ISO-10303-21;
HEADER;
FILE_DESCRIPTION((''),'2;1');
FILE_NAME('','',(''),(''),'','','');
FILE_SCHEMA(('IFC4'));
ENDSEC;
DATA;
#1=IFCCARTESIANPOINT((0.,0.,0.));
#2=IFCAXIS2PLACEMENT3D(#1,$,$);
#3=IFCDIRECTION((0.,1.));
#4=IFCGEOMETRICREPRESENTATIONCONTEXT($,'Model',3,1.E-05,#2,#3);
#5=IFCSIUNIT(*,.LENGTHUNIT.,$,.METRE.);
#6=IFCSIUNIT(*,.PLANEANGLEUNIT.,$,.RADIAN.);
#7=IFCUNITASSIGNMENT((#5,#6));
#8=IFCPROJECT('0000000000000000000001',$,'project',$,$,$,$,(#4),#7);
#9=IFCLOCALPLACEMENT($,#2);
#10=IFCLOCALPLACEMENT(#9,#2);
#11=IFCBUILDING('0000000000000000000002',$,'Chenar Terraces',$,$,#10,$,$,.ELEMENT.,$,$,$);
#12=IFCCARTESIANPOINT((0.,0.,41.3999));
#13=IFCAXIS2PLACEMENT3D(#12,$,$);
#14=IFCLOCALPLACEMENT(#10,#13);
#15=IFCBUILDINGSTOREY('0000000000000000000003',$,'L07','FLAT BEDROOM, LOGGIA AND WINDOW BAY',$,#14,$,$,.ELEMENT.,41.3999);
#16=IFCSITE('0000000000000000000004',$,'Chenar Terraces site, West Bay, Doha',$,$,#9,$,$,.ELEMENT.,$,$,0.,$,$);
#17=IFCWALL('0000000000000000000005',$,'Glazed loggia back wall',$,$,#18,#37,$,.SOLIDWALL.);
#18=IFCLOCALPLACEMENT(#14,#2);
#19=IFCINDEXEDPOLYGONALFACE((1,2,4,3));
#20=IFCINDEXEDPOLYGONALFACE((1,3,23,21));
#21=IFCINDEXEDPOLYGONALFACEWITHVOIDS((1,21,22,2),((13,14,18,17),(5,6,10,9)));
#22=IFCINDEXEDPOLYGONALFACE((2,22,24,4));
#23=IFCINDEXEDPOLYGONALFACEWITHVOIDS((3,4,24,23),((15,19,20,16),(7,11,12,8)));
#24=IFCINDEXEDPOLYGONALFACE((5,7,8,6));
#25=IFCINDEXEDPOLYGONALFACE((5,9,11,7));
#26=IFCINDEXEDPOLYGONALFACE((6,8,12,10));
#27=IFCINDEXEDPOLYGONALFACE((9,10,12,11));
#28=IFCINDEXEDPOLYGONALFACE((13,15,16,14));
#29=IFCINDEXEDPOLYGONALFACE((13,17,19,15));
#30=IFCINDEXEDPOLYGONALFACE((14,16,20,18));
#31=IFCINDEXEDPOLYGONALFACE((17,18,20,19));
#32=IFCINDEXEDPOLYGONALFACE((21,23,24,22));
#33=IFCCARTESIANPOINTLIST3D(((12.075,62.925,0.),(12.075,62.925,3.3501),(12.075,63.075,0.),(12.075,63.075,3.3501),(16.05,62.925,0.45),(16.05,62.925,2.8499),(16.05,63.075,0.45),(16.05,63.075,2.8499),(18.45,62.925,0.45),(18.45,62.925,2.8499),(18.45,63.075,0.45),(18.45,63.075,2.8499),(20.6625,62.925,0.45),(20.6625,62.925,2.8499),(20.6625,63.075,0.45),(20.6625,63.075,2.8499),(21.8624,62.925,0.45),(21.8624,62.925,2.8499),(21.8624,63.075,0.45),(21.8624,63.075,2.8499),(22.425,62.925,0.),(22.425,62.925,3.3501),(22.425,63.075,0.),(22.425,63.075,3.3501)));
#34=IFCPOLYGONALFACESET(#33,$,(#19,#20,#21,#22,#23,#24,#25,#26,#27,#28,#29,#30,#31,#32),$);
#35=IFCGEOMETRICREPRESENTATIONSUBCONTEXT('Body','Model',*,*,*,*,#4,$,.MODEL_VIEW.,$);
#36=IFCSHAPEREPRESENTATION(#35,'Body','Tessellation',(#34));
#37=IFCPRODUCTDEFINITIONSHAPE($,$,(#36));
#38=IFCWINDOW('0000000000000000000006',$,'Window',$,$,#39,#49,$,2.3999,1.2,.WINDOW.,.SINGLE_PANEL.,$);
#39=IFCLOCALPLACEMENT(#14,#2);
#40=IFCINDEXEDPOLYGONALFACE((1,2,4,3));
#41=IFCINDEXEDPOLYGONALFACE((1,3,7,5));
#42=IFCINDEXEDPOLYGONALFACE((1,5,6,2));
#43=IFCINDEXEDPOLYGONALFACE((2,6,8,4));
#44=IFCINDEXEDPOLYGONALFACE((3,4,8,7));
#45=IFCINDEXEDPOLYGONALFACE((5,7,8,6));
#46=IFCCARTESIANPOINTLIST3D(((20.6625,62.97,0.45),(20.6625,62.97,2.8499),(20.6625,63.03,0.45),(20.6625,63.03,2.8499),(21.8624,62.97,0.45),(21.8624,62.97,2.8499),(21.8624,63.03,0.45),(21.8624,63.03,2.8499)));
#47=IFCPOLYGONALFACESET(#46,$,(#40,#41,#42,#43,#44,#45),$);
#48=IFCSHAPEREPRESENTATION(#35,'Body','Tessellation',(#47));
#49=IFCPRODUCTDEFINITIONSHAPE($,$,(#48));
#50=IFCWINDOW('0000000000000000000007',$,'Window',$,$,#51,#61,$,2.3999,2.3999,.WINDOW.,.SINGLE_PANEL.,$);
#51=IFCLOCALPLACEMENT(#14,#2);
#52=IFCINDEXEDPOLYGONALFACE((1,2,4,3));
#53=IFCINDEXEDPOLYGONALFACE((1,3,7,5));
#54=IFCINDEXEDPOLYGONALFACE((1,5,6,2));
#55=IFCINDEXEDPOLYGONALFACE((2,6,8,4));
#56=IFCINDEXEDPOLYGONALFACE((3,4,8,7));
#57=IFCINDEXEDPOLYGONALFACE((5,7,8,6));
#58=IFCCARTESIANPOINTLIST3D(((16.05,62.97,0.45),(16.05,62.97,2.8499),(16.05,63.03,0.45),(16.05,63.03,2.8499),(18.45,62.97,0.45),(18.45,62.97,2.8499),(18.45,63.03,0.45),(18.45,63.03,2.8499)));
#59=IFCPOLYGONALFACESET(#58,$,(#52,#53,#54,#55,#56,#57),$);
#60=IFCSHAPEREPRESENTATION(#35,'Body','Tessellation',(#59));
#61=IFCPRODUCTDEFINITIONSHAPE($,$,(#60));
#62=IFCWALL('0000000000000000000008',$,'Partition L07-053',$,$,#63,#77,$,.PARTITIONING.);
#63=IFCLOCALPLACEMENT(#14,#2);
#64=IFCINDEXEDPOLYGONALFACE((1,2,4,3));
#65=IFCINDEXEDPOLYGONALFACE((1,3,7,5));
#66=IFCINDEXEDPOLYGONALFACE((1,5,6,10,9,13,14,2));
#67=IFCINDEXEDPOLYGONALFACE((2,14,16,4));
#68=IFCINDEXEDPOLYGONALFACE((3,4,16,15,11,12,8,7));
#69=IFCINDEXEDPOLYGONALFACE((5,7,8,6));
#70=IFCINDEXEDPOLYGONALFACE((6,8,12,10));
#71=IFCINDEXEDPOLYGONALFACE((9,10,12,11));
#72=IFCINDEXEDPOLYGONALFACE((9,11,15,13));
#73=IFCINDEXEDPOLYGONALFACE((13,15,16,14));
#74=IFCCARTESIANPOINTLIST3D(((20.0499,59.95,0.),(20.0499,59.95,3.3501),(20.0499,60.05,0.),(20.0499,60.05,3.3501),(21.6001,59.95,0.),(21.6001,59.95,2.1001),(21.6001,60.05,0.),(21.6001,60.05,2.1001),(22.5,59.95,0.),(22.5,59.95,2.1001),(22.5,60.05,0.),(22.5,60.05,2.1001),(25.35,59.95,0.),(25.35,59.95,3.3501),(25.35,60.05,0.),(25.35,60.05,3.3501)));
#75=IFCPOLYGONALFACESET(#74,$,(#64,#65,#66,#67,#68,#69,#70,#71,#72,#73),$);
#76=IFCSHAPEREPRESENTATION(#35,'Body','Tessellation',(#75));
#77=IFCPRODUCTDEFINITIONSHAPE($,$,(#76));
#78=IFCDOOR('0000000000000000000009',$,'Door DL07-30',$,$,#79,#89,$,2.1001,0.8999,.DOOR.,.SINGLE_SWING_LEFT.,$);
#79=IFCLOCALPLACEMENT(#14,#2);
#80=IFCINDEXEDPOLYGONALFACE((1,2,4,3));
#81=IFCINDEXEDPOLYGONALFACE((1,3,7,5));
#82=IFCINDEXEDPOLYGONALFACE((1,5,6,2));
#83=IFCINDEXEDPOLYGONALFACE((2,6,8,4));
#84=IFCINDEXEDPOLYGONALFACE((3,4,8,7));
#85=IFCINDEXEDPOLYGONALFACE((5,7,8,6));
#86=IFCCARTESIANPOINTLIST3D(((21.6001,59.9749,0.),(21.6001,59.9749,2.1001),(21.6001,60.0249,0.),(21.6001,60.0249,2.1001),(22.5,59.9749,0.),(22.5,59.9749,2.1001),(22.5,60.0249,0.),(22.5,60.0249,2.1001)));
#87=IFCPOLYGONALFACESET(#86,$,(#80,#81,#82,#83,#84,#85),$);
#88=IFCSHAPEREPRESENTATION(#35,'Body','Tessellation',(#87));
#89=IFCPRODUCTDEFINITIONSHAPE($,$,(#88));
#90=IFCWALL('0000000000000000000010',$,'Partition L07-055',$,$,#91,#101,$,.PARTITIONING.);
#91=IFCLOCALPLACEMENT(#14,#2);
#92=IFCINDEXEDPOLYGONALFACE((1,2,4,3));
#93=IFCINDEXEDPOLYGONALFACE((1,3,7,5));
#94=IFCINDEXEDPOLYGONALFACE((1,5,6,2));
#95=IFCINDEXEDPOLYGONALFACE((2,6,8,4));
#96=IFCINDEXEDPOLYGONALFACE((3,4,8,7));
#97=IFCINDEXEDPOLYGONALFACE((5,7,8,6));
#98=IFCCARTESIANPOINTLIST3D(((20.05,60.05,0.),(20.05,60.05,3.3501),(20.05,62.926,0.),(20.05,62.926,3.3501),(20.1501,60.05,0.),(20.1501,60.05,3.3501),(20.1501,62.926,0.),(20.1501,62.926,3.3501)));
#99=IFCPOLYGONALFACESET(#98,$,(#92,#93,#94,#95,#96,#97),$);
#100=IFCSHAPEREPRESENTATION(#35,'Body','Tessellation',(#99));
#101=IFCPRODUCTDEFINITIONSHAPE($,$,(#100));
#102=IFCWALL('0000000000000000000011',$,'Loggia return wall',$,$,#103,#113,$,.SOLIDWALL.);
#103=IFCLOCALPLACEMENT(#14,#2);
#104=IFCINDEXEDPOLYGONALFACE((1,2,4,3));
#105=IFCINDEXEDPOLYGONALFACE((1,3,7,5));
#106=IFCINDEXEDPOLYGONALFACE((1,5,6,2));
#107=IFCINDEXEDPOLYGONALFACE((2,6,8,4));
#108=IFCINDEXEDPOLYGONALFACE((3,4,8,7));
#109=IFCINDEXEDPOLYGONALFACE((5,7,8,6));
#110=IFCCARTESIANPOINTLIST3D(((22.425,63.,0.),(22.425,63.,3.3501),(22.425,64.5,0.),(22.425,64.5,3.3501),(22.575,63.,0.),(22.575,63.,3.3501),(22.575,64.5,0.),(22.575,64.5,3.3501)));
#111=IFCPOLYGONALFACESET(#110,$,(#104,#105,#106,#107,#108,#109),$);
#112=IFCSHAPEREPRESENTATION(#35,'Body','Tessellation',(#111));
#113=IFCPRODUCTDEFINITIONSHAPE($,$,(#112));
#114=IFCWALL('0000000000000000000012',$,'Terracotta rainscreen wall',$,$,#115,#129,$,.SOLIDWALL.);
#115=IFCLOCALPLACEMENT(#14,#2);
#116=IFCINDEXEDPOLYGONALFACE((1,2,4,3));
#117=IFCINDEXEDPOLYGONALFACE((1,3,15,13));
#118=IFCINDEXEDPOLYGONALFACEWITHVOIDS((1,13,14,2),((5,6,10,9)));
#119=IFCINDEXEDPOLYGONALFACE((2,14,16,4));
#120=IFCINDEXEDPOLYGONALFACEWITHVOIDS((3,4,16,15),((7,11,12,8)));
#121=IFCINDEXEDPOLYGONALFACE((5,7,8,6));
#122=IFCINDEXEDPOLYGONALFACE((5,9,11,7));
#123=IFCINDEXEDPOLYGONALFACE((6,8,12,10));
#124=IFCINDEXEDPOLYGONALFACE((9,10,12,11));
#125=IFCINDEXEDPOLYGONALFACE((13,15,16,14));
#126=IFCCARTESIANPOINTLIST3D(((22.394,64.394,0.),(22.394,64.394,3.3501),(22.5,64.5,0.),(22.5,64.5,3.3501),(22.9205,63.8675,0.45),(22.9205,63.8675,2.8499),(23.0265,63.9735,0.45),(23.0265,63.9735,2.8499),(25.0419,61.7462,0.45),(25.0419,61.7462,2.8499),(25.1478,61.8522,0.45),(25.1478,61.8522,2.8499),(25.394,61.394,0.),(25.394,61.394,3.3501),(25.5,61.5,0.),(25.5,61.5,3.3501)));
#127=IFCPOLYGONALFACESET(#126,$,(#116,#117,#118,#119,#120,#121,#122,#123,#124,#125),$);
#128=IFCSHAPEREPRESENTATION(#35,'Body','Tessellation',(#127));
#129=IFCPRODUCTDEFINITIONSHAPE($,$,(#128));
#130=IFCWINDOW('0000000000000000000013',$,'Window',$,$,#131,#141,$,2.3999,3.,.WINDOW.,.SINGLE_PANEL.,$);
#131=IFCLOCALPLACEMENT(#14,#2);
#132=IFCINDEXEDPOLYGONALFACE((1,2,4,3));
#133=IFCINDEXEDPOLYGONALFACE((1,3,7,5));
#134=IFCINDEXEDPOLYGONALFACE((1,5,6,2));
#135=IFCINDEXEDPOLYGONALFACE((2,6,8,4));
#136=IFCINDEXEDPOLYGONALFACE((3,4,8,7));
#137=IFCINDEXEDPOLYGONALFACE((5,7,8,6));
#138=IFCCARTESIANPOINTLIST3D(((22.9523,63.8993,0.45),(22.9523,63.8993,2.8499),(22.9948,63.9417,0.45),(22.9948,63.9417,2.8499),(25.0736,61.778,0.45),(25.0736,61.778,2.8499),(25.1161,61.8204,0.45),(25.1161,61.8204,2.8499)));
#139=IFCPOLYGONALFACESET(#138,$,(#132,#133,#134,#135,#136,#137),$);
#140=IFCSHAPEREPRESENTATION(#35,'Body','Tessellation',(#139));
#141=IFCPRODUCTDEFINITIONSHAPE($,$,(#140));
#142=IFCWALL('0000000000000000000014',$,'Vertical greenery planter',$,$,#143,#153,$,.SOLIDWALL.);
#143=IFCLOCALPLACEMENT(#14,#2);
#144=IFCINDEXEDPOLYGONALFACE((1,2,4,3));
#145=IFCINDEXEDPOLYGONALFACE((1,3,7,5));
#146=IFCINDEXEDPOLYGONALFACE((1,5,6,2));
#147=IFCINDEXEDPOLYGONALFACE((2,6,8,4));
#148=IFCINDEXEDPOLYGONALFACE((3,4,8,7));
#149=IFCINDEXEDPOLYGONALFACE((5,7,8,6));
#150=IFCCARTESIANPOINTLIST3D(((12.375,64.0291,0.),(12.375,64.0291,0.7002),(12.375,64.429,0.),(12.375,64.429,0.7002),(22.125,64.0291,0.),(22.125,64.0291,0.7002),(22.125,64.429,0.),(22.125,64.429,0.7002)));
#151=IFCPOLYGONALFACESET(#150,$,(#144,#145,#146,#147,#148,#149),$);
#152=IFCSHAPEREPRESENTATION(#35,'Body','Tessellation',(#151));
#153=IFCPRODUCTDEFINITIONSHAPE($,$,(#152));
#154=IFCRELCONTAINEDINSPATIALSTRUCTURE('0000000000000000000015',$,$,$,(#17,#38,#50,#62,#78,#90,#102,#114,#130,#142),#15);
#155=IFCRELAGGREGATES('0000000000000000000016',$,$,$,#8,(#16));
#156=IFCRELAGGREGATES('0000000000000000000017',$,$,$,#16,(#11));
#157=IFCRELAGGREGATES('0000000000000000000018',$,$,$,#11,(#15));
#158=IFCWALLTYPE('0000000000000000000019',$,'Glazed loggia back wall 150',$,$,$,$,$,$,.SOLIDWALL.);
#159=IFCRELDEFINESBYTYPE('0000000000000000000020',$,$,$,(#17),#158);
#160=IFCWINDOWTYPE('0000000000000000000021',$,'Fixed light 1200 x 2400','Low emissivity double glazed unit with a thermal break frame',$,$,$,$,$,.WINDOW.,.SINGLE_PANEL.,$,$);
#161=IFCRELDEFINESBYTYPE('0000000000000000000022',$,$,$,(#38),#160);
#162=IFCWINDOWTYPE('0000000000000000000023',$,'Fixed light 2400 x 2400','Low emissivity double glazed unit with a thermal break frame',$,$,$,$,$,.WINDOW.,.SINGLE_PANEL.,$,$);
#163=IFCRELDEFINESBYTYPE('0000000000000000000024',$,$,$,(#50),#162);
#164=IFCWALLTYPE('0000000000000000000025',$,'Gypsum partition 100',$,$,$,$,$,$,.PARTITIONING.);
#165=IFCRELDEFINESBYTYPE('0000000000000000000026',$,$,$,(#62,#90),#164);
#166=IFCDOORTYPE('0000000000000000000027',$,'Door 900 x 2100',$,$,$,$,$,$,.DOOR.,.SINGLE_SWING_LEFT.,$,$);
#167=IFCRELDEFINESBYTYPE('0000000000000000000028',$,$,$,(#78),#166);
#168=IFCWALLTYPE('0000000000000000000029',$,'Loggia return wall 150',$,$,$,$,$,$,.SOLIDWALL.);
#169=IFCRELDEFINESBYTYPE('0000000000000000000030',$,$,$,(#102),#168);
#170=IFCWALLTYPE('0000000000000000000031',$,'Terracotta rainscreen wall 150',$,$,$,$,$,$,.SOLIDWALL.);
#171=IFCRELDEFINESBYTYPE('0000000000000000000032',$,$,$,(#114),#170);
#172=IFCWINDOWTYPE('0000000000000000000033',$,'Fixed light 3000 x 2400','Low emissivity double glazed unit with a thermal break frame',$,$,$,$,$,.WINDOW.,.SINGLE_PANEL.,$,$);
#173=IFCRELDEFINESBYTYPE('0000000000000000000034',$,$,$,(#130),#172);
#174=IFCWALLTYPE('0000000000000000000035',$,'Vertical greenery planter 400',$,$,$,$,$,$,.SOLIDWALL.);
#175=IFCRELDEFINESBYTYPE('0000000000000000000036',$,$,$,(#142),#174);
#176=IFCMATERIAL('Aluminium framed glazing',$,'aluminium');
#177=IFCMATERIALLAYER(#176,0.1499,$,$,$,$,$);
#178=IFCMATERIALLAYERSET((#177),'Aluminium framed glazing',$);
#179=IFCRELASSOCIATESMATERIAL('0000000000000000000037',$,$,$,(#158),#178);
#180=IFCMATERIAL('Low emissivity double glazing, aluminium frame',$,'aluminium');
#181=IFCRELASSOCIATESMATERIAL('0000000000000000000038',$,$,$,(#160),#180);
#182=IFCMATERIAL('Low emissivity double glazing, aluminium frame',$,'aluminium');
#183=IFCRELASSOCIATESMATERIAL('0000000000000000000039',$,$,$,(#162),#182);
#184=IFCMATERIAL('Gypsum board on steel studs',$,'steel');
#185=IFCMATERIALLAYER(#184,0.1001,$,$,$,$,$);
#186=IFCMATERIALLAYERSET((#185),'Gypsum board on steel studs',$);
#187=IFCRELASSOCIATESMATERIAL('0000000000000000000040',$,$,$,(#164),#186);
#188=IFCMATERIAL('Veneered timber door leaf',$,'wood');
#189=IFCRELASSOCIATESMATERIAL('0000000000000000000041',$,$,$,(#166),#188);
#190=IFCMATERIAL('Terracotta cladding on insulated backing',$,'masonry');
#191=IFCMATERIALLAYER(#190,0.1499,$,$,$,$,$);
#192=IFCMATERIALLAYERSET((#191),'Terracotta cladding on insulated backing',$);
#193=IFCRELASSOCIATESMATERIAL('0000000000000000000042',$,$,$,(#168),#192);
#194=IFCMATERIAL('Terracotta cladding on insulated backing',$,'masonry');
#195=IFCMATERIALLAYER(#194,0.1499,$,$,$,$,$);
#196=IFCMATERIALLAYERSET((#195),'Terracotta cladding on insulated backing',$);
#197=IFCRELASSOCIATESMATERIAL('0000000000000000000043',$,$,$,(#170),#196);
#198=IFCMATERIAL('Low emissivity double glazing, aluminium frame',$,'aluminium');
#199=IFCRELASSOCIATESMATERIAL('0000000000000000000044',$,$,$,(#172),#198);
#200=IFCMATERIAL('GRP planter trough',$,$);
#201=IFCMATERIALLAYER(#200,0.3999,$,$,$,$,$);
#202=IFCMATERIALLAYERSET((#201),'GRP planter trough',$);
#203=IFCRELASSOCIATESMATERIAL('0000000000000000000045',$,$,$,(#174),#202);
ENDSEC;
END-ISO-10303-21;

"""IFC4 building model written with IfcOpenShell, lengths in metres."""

from ifc_helpers import new_model, si_unit, direction, frame, frame_2d, origin, place, context, subcontext, project, spatial, rectangle, extrude, material, layer, layer_set, type_object, element, fill, save


model = new_model("IFC4")

# Units and contexts
model_context = context("Model", 3, precision=1e-05, world=origin(), true_north=direction((0.0, 1.0)))
body_context = subcontext(model_context, "Body", "Model", "MODEL_VIEW")
ifc_project = project(units=[si_unit("LENGTHUNIT", "METRE"), si_unit("PLANEANGLEUNIT", "RADIAN")], contexts=[model_context])

# Site, building, storey
site_placement = place(None, origin())
site = spatial("IfcSite", under=ifc_project, at=site_placement, Name="Chenar Terraces site, West Bay, Doha", CompositionType="ELEMENT", RefElevation=0.0)
building_placement = place(site_placement, origin())
building = spatial("IfcBuilding", under=site, at=building_placement, Name="Chenar Terraces", CompositionType="ELEMENT")
storey_placement = place(building_placement, frame((0.0, 0.0, 41.3999)))
storey = spatial("IfcBuildingStorey", under=building, at=storey_placement, Name="L07", Description="FLAT BEDROOM, LOGGIA AND WINDOW BAY", CompositionType="ELEMENT", Elevation=41.3999)

# Wall, openings, windows
ifc_material_1 = material(Name="Aluminium framed glazing", Category="aluminium")
ifc_layer_1 = layer(ifc_material_1, 0.1499)
ifc_layer_set_1 = layer_set([ifc_layer_1], Name="Aluminium framed glazing")
wall_type_1 = type_object("IfcWallType", Name="Glazed loggia back wall 150", PredefinedType="SOLIDWALL", material=ifc_layer_set_1)
wall_1_placement = place(storey_placement, frame((22.425, 63.0, 0.0), z_axis=(0.0, 0.0, 1.0), x_axis=(-1.0, 0.0, 0.0)))
wall_1 = element("IfcWall", 1, at=wall_1_placement, inside=storey, type_object=wall_type_1, Name="Glazed loggia back wall", PredefinedType="SOLIDWALL", context=body_context, shape_type="SweptSolid", body=[
    extrude(rectangle(XDim=10.3501, YDim=0.1499, at=frame_2d((5.175, 0.0))), origin(), (0.0, 0.0, 1.0), 3.3501),
])
opening_1_placement = place(wall_1_placement, frame((0.5625, 0.0, 0.45)))
opening_1 = element("IfcOpeningElement", 2, at=opening_1_placement, cuts=wall_1, PredefinedType="OPENING", context=body_context, shape_type="SweptSolid", body=[
    extrude(rectangle(XDim=1.2, YDim=2.3999, at=frame_2d((0.6001, 1.2))), frame((0.0, 0.085, 0.0), z_axis=(0.0, -1.0, 0.0), x_axis=(1.0, 0.0, 0.0)), (0.0, 0.0, 1.0), 0.1699),
])
opening_2_placement = place(wall_1_placement, frame((3.9751, 0.0, 0.45)))
opening_2 = element("IfcOpeningElement", 3, at=opening_2_placement, cuts=wall_1, PredefinedType="OPENING", context=body_context, shape_type="SweptSolid", body=[
    extrude(rectangle(XDim=2.3999, YDim=2.3999, at=frame_2d((1.2, 1.2))), frame((0.0, 0.085, 0.0), z_axis=(0.0, -1.0, 0.0), x_axis=(1.0, 0.0, 0.0)), (0.0, 0.0, 1.0), 0.1699),
])
ifc_material_2 = material(Name="Low emissivity double glazing, aluminium frame", Category="aluminium")
window_type_1 = type_object("IfcWindowType", Name="Fixed light 1200 x 2400", Description="Low emissivity double glazed unit with a thermal break frame", PartitioningType="SINGLE_PANEL", PredefinedType="WINDOW", material=ifc_material_2)
window_1_placement = place(opening_1_placement, origin())
window_1 = element("IfcWindow", 4, at=window_1_placement, inside=storey, type_object=window_type_1, Name="Window", OverallHeight=2.3999, OverallWidth=1.2, PartitioningType="SINGLE_PANEL", PredefinedType="WINDOW", context=body_context, shape_type="SweptSolid", body=[
    extrude(rectangle(XDim=1.2, YDim=2.3999, at=frame_2d((0.6001, 1.2))), frame((0.0, 0.03, 0.0), z_axis=(0.0, -1.0, 0.0), x_axis=(1.0, 0.0, 0.0)), (0.0, 0.0, 1.0), 0.0601),
])
fill(opening_1, window_1)
ifc_material_3 = material(Name="Low emissivity double glazing, aluminium frame", Category="aluminium")
window_type_2 = type_object("IfcWindowType", Name="Fixed light 2400 x 2400", Description="Low emissivity double glazed unit with a thermal break frame", PartitioningType="SINGLE_PANEL", PredefinedType="WINDOW", material=ifc_material_3)
window_2_placement = place(opening_2_placement, origin())
window_2 = element("IfcWindow", 5, at=window_2_placement, inside=storey, type_object=window_type_2, Name="Window", OverallHeight=2.3999, OverallWidth=2.3999, PartitioningType="SINGLE_PANEL", PredefinedType="WINDOW", context=body_context, shape_type="SweptSolid", body=[
    extrude(rectangle(XDim=2.3999, YDim=2.3999, at=frame_2d((1.2, 1.2))), frame((0.0, 0.03, 0.0), z_axis=(0.0, -1.0, 0.0), x_axis=(1.0, 0.0, 0.0)), (0.0, 0.0, 1.0), 0.0601),
])
fill(opening_2, window_2)

# Wall, opening, door
ifc_material_4 = material(Name="Gypsum board on steel studs", Category="steel")
ifc_layer_2 = layer(ifc_material_4, 0.1001)
ifc_layer_set_2 = layer_set([ifc_layer_2], Name="Gypsum board on steel studs")
wall_type_2 = type_object("IfcWallType", Name="Gypsum partition 100", PredefinedType="PARTITIONING", material=ifc_layer_set_2)
wall_2_placement = place(storey_placement, frame((20.05, 60.0, 0.0), z_axis=(0.0, 0.0, 1.0), x_axis=(1.0, 0.0, 0.0)))
wall_2 = element("IfcWall", 6, at=wall_2_placement, inside=storey, type_object=wall_type_2, Name="Partition L07-053", PredefinedType="PARTITIONING", context=body_context, shape_type="SweptSolid", body=[
    extrude(rectangle(XDim=5.3, YDim=0.1001, at=frame_2d((2.6499, 0.0))), origin(), (0.0, 0.0, 1.0), 3.3501),
])
opening_3_placement = place(wall_2_placement, frame((1.55, 0.0, 0.0)))
opening_3 = element("IfcOpeningElement", 7, at=opening_3_placement, cuts=wall_2, PredefinedType="OPENING", context=body_context, shape_type="SweptSolid", body=[
    extrude(rectangle(XDim=0.8999, YDim=2.1001, at=frame_2d((0.45, 1.05))), frame((0.0, 0.0601, 0.0), z_axis=(0.0, -1.0, 0.0), x_axis=(1.0, 0.0, 0.0)), (0.0, 0.0, 1.0), 0.1201),
])
ifc_material_5 = material(Name="Veneered timber door leaf", Category="wood")
door_type_1 = type_object("IfcDoorType", Name="Door 900 x 2100", OperationType="SINGLE_SWING_LEFT", PredefinedType="DOOR", material=ifc_material_5)
door_1_placement = place(opening_3_placement, origin())
door_1 = element("IfcDoor", 8, at=door_1_placement, inside=storey, type_object=door_type_1, Name="Door DL07-30", OperationType="SINGLE_SWING_LEFT", OverallHeight=2.1001, OverallWidth=0.8999, PredefinedType="DOOR", context=body_context, shape_type="SweptSolid", body=[
    extrude(rectangle(XDim=0.8999, YDim=2.1001, at=frame_2d((0.45, 1.05))), frame((0.0, 0.0249, 0.0), z_axis=(0.0, -1.0, 0.0), x_axis=(1.0, 0.0, 0.0)), (0.0, 0.0, 1.0), 0.05),
])
fill(opening_3, door_1)

# Walls
wall_3_placement = place(storey_placement, frame((20.1001, 60.05, 0.0), z_axis=(0.0, 0.0, 1.0), x_axis=(0.0, 1.0, 0.0)))
element("IfcWall", 9, at=wall_3_placement, inside=storey, type_object=wall_type_2, Name="Partition L07-055", PredefinedType="PARTITIONING", context=body_context, shape_type="SweptSolid", body=[
    extrude(rectangle(XDim=2.876, YDim=0.1001, at=frame_2d((1.438, 0.0))), origin(), (0.0, 0.0, 1.0), 3.3501),
])
ifc_material_6 = material(Name="Terracotta cladding on insulated backing", Category="masonry")
ifc_layer_3 = layer(ifc_material_6, 0.1499)
ifc_layer_set_3 = layer_set([ifc_layer_3], Name="Terracotta cladding on insulated backing")
wall_type_3 = type_object("IfcWallType", Name="Loggia return wall 150", PredefinedType="SOLIDWALL", material=ifc_layer_set_3)
wall_4_placement = place(storey_placement, frame((22.5, 64.5, 0.0), z_axis=(0.0, 0.0, 1.0), x_axis=(0.0, -1.0, 0.0)))
element("IfcWall", 10, at=wall_4_placement, inside=storey, type_object=wall_type_3, Name="Loggia return wall", PredefinedType="SOLIDWALL", context=body_context, shape_type="SweptSolid", body=[
    extrude(rectangle(XDim=1.5, YDim=0.1499, at=frame_2d((0.75, 0.0))), origin(), (0.0, 0.0, 1.0), 3.3501),
])

# Wall, opening, window
ifc_material_7 = material(Name="Terracotta cladding on insulated backing", Category="masonry")
ifc_layer_4 = layer(ifc_material_7, 0.1499)
ifc_layer_set_4 = layer_set([ifc_layer_4], Name="Terracotta cladding on insulated backing")
wall_type_4 = type_object("IfcWallType", Name="Terracotta rainscreen wall 150", PredefinedType="SOLIDWALL", material=ifc_layer_set_4)
wall_5_placement = place(storey_placement, frame((25.447, 61.447, 0.0), z_axis=(0.0, 0.0, 1.0), x_axis=(-0.707107, 0.707107, 0.0)))
wall_5 = element("IfcWall", 11, at=wall_5_placement, inside=storey, type_object=wall_type_4, Name="Terracotta rainscreen wall", PredefinedType="SOLIDWALL", context=body_context, shape_type="SweptSolid", body=[
    extrude(rectangle(XDim=4.2427, YDim=0.1499, at=frame_2d((2.1213, 0.0))), origin(), (0.0, 0.0, 1.0), 3.3501),
])
opening_4_placement = place(wall_5_placement, frame((0.498, 0.0, 0.45)))
opening_4 = element("IfcOpeningElement", 12, at=opening_4_placement, cuts=wall_5, PredefinedType="OPENING", context=body_context, shape_type="SweptSolid", body=[
    extrude(rectangle(XDim=3.0, YDim=2.3999, at=frame_2d((1.5, 1.2))), frame((0.0, 0.085, 0.0), z_axis=(0.0, -1.0, 0.0), x_axis=(1.0, 0.0, 0.0)), (0.0, 0.0, 1.0), 0.1699),
])
ifc_material_8 = material(Name="Low emissivity double glazing, aluminium frame", Category="aluminium")
window_type_3 = type_object("IfcWindowType", Name="Fixed light 3000 x 2400", Description="Low emissivity double glazed unit with a thermal break frame", PartitioningType="SINGLE_PANEL", PredefinedType="WINDOW", material=ifc_material_8)
window_3_placement = place(opening_4_placement, origin())
window_3 = element("IfcWindow", 13, at=window_3_placement, inside=storey, type_object=window_type_3, Name="Window", OverallHeight=2.3999, OverallWidth=3.0, PartitioningType="SINGLE_PANEL", PredefinedType="WINDOW", context=body_context, shape_type="SweptSolid", body=[
    extrude(rectangle(XDim=3.0, YDim=2.3999, at=frame_2d((1.5, 1.2))), frame((0.0, 0.03, 0.0), z_axis=(0.0, -1.0, 0.0), x_axis=(1.0, 0.0, 0.0)), (0.0, 0.0, 1.0), 0.0601),
])
fill(opening_4, window_3)

# Wall
ifc_material_9 = material(Name="GRP planter trough")
ifc_layer_5 = layer(ifc_material_9, 0.3999)
ifc_layer_set_5 = layer_set([ifc_layer_5], Name="GRP planter trough")
wall_type_5 = type_object("IfcWallType", Name="Vertical greenery planter 400", PredefinedType="SOLIDWALL", material=ifc_layer_set_5)
wall_6_placement = place(storey_placement, frame((22.125, 64.229, 0.0), z_axis=(0.0, 0.0, 1.0), x_axis=(-1.0, 0.0, 0.0)))
element("IfcWall", 14, at=wall_6_placement, inside=storey, type_object=wall_type_5, Name="Vertical greenery planter", PredefinedType="SOLIDWALL", context=body_context, shape_type="SweptSolid", body=[
    extrude(rectangle(XDim=9.75, YDim=0.3999, at=frame_2d((4.875, 0.0))), origin(), (0.0, 0.0, 1.0), 0.7002),
])

save(model, "model.ifc")
